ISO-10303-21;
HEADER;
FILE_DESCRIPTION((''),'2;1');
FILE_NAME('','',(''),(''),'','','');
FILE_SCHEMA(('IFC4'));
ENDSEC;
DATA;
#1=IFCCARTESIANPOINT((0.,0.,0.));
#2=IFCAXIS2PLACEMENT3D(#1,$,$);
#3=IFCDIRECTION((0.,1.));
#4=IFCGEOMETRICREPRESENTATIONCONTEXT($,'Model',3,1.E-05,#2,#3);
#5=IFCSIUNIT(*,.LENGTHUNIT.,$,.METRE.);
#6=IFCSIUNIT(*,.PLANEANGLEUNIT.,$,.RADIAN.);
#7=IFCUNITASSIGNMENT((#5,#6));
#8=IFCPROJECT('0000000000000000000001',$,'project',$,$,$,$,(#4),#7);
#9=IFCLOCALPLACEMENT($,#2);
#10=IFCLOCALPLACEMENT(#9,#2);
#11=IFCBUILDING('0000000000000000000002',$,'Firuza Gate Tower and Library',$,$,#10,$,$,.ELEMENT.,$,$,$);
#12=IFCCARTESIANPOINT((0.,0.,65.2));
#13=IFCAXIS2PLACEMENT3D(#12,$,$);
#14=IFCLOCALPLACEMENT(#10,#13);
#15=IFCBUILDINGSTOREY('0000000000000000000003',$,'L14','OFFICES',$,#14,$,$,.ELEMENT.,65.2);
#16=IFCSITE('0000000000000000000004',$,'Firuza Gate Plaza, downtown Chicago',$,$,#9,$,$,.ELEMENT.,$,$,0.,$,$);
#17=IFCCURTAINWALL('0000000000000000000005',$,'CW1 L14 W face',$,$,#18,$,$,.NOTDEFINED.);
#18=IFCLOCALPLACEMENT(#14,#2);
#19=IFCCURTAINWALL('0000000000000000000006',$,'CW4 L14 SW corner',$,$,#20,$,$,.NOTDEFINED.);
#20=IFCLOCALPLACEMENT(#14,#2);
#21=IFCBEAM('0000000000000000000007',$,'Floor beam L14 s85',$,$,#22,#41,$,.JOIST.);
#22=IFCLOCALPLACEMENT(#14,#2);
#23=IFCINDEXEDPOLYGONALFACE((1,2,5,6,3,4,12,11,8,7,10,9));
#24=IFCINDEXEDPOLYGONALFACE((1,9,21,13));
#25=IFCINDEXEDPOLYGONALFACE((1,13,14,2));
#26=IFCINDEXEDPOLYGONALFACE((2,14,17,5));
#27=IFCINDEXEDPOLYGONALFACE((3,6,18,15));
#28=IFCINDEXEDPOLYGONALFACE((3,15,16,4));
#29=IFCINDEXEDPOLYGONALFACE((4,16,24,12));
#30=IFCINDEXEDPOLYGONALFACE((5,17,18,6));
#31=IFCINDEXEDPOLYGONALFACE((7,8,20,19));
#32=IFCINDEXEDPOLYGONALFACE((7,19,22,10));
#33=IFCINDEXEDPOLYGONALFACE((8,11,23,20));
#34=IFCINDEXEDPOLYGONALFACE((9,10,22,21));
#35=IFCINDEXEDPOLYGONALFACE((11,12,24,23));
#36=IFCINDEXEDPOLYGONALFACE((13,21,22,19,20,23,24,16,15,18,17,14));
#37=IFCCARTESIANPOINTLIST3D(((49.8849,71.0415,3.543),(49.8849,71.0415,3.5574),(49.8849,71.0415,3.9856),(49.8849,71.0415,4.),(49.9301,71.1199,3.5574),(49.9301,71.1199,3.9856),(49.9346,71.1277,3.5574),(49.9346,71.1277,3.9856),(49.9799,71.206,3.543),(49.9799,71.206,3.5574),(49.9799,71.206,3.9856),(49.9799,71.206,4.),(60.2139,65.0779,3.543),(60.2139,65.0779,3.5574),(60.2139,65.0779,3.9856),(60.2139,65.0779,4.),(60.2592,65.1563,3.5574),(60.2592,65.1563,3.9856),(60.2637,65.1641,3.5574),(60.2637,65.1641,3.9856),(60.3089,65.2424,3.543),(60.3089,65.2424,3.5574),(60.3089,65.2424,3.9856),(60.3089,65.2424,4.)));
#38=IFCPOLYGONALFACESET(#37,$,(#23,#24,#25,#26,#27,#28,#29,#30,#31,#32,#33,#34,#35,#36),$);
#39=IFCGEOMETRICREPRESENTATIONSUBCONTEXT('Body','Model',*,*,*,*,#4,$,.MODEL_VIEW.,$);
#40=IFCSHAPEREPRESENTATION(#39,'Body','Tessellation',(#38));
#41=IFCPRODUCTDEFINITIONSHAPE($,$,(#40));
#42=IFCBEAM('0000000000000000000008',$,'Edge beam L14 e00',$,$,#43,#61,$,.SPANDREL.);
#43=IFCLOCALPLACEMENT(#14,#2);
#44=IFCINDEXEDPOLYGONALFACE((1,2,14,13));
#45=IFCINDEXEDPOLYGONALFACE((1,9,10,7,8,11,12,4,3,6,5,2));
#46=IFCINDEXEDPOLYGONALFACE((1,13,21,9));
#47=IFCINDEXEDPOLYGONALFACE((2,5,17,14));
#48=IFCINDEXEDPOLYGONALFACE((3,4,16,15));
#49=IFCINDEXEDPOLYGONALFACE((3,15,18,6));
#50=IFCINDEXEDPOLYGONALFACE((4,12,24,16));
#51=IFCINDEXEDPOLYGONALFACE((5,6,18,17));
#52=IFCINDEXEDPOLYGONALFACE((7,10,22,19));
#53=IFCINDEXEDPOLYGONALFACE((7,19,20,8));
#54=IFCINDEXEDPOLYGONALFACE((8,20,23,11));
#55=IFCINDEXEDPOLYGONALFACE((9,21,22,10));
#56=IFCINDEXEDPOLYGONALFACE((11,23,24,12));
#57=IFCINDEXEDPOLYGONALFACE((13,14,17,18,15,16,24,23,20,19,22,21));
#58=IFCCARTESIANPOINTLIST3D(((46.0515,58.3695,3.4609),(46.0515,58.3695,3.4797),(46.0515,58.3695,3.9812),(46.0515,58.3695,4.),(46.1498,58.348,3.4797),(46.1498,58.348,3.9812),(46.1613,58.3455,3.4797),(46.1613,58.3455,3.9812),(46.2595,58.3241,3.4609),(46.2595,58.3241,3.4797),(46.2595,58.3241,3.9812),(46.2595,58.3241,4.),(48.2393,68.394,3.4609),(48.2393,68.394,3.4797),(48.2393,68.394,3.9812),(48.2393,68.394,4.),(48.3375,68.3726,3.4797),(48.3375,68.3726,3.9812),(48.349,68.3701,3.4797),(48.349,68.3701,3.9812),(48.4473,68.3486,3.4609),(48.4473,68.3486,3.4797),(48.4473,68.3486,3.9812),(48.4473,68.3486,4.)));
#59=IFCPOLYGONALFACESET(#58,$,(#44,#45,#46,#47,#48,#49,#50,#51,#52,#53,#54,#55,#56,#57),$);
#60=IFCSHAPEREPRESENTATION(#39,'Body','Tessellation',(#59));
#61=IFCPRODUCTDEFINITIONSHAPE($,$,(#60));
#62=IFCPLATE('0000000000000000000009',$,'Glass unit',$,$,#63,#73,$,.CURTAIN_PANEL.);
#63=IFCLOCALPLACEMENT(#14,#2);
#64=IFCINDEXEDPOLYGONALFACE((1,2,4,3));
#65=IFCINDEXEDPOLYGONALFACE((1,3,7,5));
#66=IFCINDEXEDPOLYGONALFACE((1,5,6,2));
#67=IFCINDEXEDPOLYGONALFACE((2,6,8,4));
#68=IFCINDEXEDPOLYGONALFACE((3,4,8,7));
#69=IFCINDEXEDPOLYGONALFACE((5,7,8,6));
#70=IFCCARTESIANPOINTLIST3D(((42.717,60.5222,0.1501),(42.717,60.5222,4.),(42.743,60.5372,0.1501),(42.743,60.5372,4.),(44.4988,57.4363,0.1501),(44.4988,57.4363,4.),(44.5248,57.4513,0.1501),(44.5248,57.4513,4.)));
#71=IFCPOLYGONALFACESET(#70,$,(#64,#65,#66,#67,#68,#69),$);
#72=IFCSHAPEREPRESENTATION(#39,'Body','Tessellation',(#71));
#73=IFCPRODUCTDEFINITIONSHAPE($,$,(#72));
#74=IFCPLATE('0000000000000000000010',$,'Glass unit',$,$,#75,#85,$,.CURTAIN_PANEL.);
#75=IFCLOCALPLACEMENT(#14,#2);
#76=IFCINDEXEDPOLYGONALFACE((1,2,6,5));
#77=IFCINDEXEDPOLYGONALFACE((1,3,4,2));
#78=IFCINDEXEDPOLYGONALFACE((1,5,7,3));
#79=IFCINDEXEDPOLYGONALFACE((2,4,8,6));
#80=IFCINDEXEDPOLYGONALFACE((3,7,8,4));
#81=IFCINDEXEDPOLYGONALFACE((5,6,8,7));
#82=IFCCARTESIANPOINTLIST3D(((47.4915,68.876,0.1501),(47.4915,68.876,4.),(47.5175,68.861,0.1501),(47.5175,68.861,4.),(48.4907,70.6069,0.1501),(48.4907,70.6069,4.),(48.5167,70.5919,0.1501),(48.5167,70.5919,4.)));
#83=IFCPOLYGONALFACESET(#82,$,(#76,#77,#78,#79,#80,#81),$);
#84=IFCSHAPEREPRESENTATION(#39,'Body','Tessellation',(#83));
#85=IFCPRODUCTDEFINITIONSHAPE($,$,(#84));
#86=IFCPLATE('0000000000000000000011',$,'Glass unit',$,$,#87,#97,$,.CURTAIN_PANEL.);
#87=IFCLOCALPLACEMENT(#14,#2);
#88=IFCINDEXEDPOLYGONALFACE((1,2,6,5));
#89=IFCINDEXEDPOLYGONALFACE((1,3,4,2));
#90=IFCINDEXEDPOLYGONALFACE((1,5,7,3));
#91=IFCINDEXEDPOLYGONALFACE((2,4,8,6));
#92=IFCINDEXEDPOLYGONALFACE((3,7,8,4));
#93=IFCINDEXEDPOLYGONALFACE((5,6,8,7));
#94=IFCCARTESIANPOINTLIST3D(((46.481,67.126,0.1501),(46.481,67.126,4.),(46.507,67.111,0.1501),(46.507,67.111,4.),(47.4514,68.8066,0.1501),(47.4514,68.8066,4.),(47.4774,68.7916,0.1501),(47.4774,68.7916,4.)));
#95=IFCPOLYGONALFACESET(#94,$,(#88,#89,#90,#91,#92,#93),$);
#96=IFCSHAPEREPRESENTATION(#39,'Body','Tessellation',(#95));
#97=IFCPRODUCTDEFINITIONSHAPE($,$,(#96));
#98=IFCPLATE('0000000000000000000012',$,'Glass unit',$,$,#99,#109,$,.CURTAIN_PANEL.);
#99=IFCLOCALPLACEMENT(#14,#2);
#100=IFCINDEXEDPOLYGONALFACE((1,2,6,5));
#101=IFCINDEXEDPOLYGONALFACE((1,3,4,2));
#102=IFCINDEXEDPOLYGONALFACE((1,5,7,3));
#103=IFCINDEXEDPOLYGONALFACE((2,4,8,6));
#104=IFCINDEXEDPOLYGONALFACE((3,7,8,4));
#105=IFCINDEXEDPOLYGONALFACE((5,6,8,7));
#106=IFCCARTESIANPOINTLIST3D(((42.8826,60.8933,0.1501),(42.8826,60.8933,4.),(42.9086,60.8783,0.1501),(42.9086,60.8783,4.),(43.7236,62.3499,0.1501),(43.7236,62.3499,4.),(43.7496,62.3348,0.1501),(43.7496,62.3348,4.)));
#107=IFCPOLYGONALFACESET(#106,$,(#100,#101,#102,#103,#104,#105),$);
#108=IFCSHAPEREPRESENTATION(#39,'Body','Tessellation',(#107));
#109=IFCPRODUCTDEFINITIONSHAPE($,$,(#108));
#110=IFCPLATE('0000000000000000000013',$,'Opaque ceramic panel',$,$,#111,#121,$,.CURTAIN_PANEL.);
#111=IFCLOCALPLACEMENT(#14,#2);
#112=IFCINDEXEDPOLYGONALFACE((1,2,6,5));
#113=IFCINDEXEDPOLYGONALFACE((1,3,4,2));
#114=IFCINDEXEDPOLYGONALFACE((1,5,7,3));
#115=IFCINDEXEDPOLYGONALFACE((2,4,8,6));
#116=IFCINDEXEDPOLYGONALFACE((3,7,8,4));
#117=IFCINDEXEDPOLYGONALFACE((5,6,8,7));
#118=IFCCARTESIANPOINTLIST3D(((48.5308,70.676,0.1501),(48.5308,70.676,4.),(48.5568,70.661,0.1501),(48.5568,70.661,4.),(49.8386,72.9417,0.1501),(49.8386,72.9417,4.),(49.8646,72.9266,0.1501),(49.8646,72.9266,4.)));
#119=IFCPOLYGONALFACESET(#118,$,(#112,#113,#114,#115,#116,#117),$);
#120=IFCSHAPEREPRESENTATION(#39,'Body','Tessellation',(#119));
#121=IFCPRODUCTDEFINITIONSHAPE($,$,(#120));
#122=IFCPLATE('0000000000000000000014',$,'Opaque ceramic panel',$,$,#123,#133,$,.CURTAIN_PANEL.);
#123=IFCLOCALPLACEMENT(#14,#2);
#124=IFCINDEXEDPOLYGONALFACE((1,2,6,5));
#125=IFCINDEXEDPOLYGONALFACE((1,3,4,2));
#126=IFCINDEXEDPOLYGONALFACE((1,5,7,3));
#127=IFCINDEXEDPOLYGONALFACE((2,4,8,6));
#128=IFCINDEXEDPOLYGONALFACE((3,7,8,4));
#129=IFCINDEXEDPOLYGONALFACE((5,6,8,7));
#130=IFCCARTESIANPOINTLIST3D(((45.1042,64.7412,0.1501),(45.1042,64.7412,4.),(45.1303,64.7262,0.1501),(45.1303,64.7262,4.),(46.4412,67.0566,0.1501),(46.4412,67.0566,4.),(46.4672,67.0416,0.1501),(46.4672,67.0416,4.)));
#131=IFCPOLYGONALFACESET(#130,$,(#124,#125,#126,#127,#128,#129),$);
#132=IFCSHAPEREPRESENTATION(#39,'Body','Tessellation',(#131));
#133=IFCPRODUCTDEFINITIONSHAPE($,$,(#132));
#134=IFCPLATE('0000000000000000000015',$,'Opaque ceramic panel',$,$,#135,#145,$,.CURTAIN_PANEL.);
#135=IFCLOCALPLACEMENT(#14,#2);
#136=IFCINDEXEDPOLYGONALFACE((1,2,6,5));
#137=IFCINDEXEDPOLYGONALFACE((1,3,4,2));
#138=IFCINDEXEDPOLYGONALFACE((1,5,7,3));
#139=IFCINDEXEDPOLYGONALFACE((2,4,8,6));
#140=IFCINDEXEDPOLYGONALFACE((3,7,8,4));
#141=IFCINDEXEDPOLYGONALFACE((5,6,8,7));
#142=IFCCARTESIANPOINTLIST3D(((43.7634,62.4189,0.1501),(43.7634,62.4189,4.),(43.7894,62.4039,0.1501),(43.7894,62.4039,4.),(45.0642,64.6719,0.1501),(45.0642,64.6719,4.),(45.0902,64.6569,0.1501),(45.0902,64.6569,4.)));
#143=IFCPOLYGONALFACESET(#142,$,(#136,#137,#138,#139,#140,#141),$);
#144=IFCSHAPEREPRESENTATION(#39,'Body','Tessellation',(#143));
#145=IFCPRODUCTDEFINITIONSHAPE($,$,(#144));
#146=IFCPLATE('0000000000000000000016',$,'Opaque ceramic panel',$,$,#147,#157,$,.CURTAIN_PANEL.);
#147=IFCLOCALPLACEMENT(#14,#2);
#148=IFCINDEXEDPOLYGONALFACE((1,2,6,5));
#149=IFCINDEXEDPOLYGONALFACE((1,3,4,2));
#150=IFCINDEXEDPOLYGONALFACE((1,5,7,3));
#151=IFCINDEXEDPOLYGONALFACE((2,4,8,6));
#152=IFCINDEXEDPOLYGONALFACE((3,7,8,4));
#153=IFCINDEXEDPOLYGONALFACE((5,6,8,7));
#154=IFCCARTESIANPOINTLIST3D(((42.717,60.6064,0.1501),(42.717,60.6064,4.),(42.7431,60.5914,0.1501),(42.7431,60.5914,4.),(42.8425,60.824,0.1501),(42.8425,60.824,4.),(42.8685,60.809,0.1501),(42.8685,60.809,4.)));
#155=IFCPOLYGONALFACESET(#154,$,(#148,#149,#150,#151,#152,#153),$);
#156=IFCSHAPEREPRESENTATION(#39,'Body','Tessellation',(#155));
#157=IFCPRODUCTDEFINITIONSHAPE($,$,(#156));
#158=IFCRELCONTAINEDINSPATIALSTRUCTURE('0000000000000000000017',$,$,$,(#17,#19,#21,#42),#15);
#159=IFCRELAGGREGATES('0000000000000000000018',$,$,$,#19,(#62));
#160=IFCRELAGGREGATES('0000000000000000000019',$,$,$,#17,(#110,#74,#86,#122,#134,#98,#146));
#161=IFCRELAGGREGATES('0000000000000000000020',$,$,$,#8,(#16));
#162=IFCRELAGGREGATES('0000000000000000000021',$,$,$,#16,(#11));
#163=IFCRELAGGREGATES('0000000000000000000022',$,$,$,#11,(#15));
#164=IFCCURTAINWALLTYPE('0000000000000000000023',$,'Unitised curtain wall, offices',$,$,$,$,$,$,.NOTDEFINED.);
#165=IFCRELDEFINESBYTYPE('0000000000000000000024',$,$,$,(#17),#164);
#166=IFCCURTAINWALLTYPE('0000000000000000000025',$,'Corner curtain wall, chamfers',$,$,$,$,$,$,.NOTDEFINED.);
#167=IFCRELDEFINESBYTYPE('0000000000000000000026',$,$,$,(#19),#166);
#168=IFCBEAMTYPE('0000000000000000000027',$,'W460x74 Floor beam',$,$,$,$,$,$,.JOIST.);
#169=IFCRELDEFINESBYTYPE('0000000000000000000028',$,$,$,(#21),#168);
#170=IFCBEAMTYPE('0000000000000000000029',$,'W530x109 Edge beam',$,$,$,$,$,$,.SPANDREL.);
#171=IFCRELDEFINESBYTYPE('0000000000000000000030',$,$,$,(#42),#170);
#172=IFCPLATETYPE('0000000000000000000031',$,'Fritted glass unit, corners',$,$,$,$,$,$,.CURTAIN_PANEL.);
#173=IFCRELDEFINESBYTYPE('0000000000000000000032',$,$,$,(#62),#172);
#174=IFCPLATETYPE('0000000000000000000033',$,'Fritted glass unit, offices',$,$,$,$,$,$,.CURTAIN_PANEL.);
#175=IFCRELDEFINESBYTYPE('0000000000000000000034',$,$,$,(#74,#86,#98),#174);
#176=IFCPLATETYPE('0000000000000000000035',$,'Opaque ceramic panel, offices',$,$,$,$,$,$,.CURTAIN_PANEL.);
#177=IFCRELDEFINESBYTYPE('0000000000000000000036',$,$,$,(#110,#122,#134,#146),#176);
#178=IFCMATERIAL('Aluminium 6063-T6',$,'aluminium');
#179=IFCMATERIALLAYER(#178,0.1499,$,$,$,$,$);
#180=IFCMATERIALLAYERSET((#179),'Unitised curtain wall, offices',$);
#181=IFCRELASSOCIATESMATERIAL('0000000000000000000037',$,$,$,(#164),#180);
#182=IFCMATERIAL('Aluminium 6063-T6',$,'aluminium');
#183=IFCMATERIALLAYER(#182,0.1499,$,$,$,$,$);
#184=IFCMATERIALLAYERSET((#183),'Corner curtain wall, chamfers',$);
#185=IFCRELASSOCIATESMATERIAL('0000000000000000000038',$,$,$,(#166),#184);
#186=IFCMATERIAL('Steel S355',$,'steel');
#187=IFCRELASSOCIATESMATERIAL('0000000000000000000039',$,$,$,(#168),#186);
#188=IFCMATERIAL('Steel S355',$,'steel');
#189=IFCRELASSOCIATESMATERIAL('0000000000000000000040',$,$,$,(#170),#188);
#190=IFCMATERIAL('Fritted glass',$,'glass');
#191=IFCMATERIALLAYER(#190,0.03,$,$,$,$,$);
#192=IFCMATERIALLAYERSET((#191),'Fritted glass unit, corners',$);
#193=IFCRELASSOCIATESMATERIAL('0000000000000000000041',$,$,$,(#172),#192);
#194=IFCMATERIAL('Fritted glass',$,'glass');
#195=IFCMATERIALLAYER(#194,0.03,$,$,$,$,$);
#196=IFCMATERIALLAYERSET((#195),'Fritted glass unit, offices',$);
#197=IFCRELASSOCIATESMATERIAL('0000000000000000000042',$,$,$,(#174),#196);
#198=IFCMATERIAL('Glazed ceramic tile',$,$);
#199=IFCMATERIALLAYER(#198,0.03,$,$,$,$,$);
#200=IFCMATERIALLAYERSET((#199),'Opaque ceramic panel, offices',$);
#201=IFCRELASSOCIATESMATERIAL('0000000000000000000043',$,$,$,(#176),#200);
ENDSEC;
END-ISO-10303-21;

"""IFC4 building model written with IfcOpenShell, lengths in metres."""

from ifc_helpers import new_model, si_unit, direction, frame, origin, origin_2d, place, context, subcontext, project, spatial, polyline, i_section, outline, extrude, material, layer, layer_set, material_profile, profile_set, type_object, element, aggregate, save


model = new_model("IFC4")

# Units and contexts
model_context = context("Model", 3, precision=1e-05, world=origin(), true_north=direction((0.0, 1.0)))
body_context = subcontext(model_context, "Body", "Model", "MODEL_VIEW")
ifc_project = project(units=[si_unit("LENGTHUNIT", "METRE"), si_unit("PLANEANGLEUNIT", "RADIAN")], contexts=[model_context])

# Site, building, storey
site_placement = place(None, origin())
site = spatial("IfcSite", under=ifc_project, at=site_placement, Name="Firuza Gate Plaza, downtown Chicago", CompositionType="ELEMENT", RefElevation=0.0)
building_placement = place(site_placement, origin())
building = spatial("IfcBuilding", under=site, at=building_placement, Name="Firuza Gate Tower and Library", CompositionType="ELEMENT")
storey_placement = place(building_placement, frame((0.0, 0.0, 65.2)))
storey = spatial("IfcBuildingStorey", under=building, at=storey_placement, Name="L14", Description="OFFICES", CompositionType="ELEMENT", Elevation=65.2)

# Curtain walls
ifc_material_1 = material(Name="Aluminium 6063-T6", Category="aluminium")
ifc_layer_1 = layer(ifc_material_1, 0.1499)
ifc_layer_set_1 = layer_set([ifc_layer_1], Name="Unitised curtain wall, offices")
curtain_wall_type_1 = type_object("IfcCurtainWallType", Name="Unitised curtain wall, offices", PredefinedType="NOTDEFINED", material=ifc_layer_set_1)
placement = place(storey_placement, origin())
curtain_wall_1 = element("IfcCurtainWall", 1, at=placement, inside=storey, type_object=curtain_wall_type_1, Name="CW1 L14 W face", PredefinedType="NOTDEFINED")
ifc_material_2 = material(Name="Aluminium 6063-T6", Category="aluminium")
ifc_layer_2 = layer(ifc_material_2, 0.1499)
ifc_layer_set_2 = layer_set([ifc_layer_2], Name="Corner curtain wall, chamfers")
curtain_wall_type_2 = type_object("IfcCurtainWallType", Name="Corner curtain wall, chamfers", PredefinedType="NOTDEFINED", material=ifc_layer_set_2)
curtain_wall_2 = element("IfcCurtainWall", 2, at=placement, inside=storey, type_object=curtain_wall_type_2, Name="CW4 L14 SW corner", PredefinedType="NOTDEFINED")

# Beams
ifc_material_3 = material(Name="Steel S355", Category="steel")
ifc_material_profile_1 = material_profile(ifc_material_3, i_section(OverallWidth=0.1899, OverallDepth=0.457, WebThickness=0.009, FlangeThickness=0.0144, at=origin_2d()))
ifc_profile_set_1 = profile_set([ifc_material_profile_1], Name="Steel S355")
beam_type_1 = type_object("IfcBeamType", Name="W460x74 Floor beam", PredefinedType="JOIST", material=ifc_profile_set_1)
beam_1_placement = place(storey_placement, frame((49.9324, 71.1238, 3.7715), z_axis=(0.866021, -0.500007, 0.0), x_axis=(0.500007, 0.866021, 0.0)))
element("IfcBeam", 3, at=beam_1_placement, inside=storey, type_object=beam_type_1, Name="Floor beam L14 s85", PredefinedType="JOIST", context=body_context, shape_type="SweptSolid", body=[
    extrude(i_section(OverallWidth=0.1899, OverallDepth=0.457, WebThickness=0.009, FlangeThickness=0.0144, at=origin_2d()), origin(), (0.0, 0.0, 1.0), 11.927),
])
ifc_material_4 = material(Name="Steel S355", Category="steel")
ifc_material_profile_2 = material_profile(ifc_material_4, i_section(OverallWidth=0.2129, OverallDepth=0.5391, WebThickness=0.0117, FlangeThickness=0.0188, at=origin_2d()))
ifc_profile_set_2 = profile_set([ifc_material_profile_2], Name="Steel S355")
beam_type_2 = type_object("IfcBeamType", Name="W530x109 Edge beam", PredefinedType="SPANDREL", material=ifc_profile_set_2)
beam_2_placement = place(storey_placement, frame((48.3433, 68.3713, 3.7305), z_axis=(-0.213218, -0.977005, 0.0), x_axis=(0.977005, -0.213218, 0.0)))
element("IfcBeam", 4, at=beam_2_placement, inside=storey, type_object=beam_type_2, Name="Edge beam L14 e00", PredefinedType="SPANDREL", context=body_context, shape_type="SweptSolid", body=[
    extrude(i_section(OverallWidth=0.2129, OverallDepth=0.5391, WebThickness=0.0117, FlangeThickness=0.0188, at=origin_2d()), origin(), (0.0, 0.0, 1.0), 10.2605),
])

# Plates
ifc_material_5 = material(Name="Fritted glass", Category="glass")
ifc_layer_3 = layer(ifc_material_5, 0.03)
ifc_layer_set_3 = layer_set([ifc_layer_3], Name="Fritted glass unit, corners")
plate_type_1 = type_object("IfcPlateType", Name="Fritted glass unit, corners", PredefinedType="CURTAIN_PANEL", material=ifc_layer_set_3)
plate_1_placement = place(storey_placement, frame((42.717, 60.5222, 0.1501), z_axis=(-0.866017, -0.500015, 0.0), x_axis=(0.500015, -0.866017, 0.0)))
plate_1 = element("IfcPlate", 5, at=plate_1_placement, type_object=plate_type_1, Name="Glass unit", PredefinedType="CURTAIN_PANEL", context=body_context, shape_type="SweptSolid", body=[
    extrude(outline(polyline([(0.0, 0.0), (3.5634, 0.0), (3.5634, 3.8499), (0.0, 3.8499), (0.0, 0.0)])), origin(), (0.0, 0.0, -1.0), 0.03),
])
aggregate(curtain_wall_2, [plate_1])
ifc_material_6 = material(Name="Fritted glass", Category="glass")
ifc_layer_4 = layer(ifc_material_6, 0.03)
ifc_layer_set_4 = layer_set([ifc_layer_4], Name="Fritted glass unit, offices")
plate_type_2 = type_object("IfcPlateType", Name="Fritted glass unit, offices", PredefinedType="CURTAIN_PANEL", material=ifc_layer_set_4)
plate_2_placement = place(storey_placement, frame((48.4907, 70.6069, 0.1501), z_axis=(-0.866047, 0.499962, 0.0), x_axis=(-0.499962, -0.866047, 0.0)))
plate_2 = element("IfcPlate", 6, at=plate_2_placement, type_object=plate_type_2, Name="Glass unit", PredefinedType="CURTAIN_PANEL", context=body_context, shape_type="SweptSolid", body=[
    extrude(outline(polyline([(0.0, 0.0), (1.9987, 0.0), (1.9987, 3.8499), (0.0, 3.8499), (0.0, 0.0)])), origin(), (0.0, 0.0, -1.0), 0.03),
])
plate_3_placement = place(storey_placement, frame((47.4514, 68.8066, 0.1501), z_axis=(-0.865997, 0.500049, 0.0), x_axis=(-0.500049, -0.865997, 0.0)))
plate_3 = element("IfcPlate", 7, at=plate_3_placement, type_object=plate_type_2, Name="Glass unit", PredefinedType="CURTAIN_PANEL", context=body_context, shape_type="SweptSolid", body=[
    extrude(outline(polyline([(0.0, 0.0), (1.9407, 0.0), (1.9407, 3.8499), (0.0, 3.8499), (0.0, 0.0)])), origin(), (0.0, 0.0, -1.0), 0.03),
])
plate_4_placement = place(storey_placement, frame((43.7236, 62.3499, 0.1501), z_axis=(-0.865992, 0.500058, 0.0), x_axis=(-0.500058, -0.865992, 0.0)))
plate_4 = element("IfcPlate", 8, at=plate_4_placement, type_object=plate_type_2, Name="Glass unit", PredefinedType="CURTAIN_PANEL", context=body_context, shape_type="SweptSolid", body=[
    extrude(outline(polyline([(0.0, 0.0), (1.6819, 0.0), (1.6819, 3.8499), (0.0, 3.8499), (0.0, 0.0)])), origin(), (0.0, 0.0, -1.0), 0.03),
])
ifc_material_7 = material(Name="Glazed ceramic tile")
ifc_layer_5 = layer(ifc_material_7, 0.03)
ifc_layer_set_5 = layer_set([ifc_layer_5], Name="Opaque ceramic panel, offices")
plate_type_3 = type_object("IfcPlateType", Name="Opaque ceramic panel, offices", PredefinedType="CURTAIN_PANEL", material=ifc_layer_set_5)
plate_5_placement = place(storey_placement, frame((49.8386, 72.9417, 0.1501), z_axis=(-0.866058, 0.499943, 0.0), x_axis=(-0.499943, -0.866058, 0.0)))
plate_5 = element("IfcPlate", 9, at=plate_5_placement, type_object=plate_type_3, Name="Opaque ceramic panel", PredefinedType="CURTAIN_PANEL", context=body_context, shape_type="SweptSolid", body=[
    extrude(outline(polyline([(0.0, 0.0), (2.616, 0.0), (2.616, 3.8499), (0.0, 3.8499), (0.0, 0.0)])), origin(), (0.0, 0.0, -1.0), 0.03),
])
plate_6_placement = place(storey_placement, frame((46.4412, 67.0566, 0.1501), z_axis=(-0.866009, 0.500028, 0.0), x_axis=(-0.500028, -0.866009, 0.0)))
plate_6 = element("IfcPlate", 10, at=plate_6_placement, type_object=plate_type_3, Name="Opaque ceramic panel", PredefinedType="CURTAIN_PANEL", context=body_context, shape_type="SweptSolid", body=[
    extrude(outline(polyline([(0.0, 0.0), (2.6737, 0.0), (2.6737, 3.8499), (0.0, 3.8499), (0.0, 0.0)])), origin(), (0.0, 0.0, -1.0), 0.03),
])
plate_7_placement = place(storey_placement, frame((45.0642, 64.6719, 0.1501), z_axis=(-0.866017, 0.500015, 0.0), x_axis=(-0.500015, -0.866017, 0.0)))
plate_7 = element("IfcPlate", 11, at=plate_7_placement, type_object=plate_type_3, Name="Opaque ceramic panel", PredefinedType="CURTAIN_PANEL", context=body_context, shape_type="SweptSolid", body=[
    extrude(outline(polyline([(0.0, 0.0), (2.6015, 0.0), (2.6015, 3.8499), (0.0, 3.8499), (0.0, 0.0)])), origin(), (0.0, 0.0, -1.0), 0.03),
])
plate_8_placement = place(storey_placement, frame((42.8425, 60.824, 0.1501), z_axis=(-0.866202, 0.499694, 0.0), x_axis=(-0.499694, -0.866202, 0.0)))
plate_8 = element("IfcPlate", 12, at=plate_8_placement, type_object=plate_type_3, Name="Opaque ceramic panel", PredefinedType="CURTAIN_PANEL", context=body_context, shape_type="SweptSolid", body=[
    extrude(outline(polyline([(0.0, 0.0), (0.2511, 0.0), (0.2511, 3.8499), (0.0, 3.8499), (0.0, 0.0)])), origin(), (0.0, 0.0, -1.0), 0.03),
])
aggregate(curtain_wall_1, [plate_5, plate_2, plate_3, plate_6, plate_7, plate_4, plate_8])

save(model, "model.ifc")
